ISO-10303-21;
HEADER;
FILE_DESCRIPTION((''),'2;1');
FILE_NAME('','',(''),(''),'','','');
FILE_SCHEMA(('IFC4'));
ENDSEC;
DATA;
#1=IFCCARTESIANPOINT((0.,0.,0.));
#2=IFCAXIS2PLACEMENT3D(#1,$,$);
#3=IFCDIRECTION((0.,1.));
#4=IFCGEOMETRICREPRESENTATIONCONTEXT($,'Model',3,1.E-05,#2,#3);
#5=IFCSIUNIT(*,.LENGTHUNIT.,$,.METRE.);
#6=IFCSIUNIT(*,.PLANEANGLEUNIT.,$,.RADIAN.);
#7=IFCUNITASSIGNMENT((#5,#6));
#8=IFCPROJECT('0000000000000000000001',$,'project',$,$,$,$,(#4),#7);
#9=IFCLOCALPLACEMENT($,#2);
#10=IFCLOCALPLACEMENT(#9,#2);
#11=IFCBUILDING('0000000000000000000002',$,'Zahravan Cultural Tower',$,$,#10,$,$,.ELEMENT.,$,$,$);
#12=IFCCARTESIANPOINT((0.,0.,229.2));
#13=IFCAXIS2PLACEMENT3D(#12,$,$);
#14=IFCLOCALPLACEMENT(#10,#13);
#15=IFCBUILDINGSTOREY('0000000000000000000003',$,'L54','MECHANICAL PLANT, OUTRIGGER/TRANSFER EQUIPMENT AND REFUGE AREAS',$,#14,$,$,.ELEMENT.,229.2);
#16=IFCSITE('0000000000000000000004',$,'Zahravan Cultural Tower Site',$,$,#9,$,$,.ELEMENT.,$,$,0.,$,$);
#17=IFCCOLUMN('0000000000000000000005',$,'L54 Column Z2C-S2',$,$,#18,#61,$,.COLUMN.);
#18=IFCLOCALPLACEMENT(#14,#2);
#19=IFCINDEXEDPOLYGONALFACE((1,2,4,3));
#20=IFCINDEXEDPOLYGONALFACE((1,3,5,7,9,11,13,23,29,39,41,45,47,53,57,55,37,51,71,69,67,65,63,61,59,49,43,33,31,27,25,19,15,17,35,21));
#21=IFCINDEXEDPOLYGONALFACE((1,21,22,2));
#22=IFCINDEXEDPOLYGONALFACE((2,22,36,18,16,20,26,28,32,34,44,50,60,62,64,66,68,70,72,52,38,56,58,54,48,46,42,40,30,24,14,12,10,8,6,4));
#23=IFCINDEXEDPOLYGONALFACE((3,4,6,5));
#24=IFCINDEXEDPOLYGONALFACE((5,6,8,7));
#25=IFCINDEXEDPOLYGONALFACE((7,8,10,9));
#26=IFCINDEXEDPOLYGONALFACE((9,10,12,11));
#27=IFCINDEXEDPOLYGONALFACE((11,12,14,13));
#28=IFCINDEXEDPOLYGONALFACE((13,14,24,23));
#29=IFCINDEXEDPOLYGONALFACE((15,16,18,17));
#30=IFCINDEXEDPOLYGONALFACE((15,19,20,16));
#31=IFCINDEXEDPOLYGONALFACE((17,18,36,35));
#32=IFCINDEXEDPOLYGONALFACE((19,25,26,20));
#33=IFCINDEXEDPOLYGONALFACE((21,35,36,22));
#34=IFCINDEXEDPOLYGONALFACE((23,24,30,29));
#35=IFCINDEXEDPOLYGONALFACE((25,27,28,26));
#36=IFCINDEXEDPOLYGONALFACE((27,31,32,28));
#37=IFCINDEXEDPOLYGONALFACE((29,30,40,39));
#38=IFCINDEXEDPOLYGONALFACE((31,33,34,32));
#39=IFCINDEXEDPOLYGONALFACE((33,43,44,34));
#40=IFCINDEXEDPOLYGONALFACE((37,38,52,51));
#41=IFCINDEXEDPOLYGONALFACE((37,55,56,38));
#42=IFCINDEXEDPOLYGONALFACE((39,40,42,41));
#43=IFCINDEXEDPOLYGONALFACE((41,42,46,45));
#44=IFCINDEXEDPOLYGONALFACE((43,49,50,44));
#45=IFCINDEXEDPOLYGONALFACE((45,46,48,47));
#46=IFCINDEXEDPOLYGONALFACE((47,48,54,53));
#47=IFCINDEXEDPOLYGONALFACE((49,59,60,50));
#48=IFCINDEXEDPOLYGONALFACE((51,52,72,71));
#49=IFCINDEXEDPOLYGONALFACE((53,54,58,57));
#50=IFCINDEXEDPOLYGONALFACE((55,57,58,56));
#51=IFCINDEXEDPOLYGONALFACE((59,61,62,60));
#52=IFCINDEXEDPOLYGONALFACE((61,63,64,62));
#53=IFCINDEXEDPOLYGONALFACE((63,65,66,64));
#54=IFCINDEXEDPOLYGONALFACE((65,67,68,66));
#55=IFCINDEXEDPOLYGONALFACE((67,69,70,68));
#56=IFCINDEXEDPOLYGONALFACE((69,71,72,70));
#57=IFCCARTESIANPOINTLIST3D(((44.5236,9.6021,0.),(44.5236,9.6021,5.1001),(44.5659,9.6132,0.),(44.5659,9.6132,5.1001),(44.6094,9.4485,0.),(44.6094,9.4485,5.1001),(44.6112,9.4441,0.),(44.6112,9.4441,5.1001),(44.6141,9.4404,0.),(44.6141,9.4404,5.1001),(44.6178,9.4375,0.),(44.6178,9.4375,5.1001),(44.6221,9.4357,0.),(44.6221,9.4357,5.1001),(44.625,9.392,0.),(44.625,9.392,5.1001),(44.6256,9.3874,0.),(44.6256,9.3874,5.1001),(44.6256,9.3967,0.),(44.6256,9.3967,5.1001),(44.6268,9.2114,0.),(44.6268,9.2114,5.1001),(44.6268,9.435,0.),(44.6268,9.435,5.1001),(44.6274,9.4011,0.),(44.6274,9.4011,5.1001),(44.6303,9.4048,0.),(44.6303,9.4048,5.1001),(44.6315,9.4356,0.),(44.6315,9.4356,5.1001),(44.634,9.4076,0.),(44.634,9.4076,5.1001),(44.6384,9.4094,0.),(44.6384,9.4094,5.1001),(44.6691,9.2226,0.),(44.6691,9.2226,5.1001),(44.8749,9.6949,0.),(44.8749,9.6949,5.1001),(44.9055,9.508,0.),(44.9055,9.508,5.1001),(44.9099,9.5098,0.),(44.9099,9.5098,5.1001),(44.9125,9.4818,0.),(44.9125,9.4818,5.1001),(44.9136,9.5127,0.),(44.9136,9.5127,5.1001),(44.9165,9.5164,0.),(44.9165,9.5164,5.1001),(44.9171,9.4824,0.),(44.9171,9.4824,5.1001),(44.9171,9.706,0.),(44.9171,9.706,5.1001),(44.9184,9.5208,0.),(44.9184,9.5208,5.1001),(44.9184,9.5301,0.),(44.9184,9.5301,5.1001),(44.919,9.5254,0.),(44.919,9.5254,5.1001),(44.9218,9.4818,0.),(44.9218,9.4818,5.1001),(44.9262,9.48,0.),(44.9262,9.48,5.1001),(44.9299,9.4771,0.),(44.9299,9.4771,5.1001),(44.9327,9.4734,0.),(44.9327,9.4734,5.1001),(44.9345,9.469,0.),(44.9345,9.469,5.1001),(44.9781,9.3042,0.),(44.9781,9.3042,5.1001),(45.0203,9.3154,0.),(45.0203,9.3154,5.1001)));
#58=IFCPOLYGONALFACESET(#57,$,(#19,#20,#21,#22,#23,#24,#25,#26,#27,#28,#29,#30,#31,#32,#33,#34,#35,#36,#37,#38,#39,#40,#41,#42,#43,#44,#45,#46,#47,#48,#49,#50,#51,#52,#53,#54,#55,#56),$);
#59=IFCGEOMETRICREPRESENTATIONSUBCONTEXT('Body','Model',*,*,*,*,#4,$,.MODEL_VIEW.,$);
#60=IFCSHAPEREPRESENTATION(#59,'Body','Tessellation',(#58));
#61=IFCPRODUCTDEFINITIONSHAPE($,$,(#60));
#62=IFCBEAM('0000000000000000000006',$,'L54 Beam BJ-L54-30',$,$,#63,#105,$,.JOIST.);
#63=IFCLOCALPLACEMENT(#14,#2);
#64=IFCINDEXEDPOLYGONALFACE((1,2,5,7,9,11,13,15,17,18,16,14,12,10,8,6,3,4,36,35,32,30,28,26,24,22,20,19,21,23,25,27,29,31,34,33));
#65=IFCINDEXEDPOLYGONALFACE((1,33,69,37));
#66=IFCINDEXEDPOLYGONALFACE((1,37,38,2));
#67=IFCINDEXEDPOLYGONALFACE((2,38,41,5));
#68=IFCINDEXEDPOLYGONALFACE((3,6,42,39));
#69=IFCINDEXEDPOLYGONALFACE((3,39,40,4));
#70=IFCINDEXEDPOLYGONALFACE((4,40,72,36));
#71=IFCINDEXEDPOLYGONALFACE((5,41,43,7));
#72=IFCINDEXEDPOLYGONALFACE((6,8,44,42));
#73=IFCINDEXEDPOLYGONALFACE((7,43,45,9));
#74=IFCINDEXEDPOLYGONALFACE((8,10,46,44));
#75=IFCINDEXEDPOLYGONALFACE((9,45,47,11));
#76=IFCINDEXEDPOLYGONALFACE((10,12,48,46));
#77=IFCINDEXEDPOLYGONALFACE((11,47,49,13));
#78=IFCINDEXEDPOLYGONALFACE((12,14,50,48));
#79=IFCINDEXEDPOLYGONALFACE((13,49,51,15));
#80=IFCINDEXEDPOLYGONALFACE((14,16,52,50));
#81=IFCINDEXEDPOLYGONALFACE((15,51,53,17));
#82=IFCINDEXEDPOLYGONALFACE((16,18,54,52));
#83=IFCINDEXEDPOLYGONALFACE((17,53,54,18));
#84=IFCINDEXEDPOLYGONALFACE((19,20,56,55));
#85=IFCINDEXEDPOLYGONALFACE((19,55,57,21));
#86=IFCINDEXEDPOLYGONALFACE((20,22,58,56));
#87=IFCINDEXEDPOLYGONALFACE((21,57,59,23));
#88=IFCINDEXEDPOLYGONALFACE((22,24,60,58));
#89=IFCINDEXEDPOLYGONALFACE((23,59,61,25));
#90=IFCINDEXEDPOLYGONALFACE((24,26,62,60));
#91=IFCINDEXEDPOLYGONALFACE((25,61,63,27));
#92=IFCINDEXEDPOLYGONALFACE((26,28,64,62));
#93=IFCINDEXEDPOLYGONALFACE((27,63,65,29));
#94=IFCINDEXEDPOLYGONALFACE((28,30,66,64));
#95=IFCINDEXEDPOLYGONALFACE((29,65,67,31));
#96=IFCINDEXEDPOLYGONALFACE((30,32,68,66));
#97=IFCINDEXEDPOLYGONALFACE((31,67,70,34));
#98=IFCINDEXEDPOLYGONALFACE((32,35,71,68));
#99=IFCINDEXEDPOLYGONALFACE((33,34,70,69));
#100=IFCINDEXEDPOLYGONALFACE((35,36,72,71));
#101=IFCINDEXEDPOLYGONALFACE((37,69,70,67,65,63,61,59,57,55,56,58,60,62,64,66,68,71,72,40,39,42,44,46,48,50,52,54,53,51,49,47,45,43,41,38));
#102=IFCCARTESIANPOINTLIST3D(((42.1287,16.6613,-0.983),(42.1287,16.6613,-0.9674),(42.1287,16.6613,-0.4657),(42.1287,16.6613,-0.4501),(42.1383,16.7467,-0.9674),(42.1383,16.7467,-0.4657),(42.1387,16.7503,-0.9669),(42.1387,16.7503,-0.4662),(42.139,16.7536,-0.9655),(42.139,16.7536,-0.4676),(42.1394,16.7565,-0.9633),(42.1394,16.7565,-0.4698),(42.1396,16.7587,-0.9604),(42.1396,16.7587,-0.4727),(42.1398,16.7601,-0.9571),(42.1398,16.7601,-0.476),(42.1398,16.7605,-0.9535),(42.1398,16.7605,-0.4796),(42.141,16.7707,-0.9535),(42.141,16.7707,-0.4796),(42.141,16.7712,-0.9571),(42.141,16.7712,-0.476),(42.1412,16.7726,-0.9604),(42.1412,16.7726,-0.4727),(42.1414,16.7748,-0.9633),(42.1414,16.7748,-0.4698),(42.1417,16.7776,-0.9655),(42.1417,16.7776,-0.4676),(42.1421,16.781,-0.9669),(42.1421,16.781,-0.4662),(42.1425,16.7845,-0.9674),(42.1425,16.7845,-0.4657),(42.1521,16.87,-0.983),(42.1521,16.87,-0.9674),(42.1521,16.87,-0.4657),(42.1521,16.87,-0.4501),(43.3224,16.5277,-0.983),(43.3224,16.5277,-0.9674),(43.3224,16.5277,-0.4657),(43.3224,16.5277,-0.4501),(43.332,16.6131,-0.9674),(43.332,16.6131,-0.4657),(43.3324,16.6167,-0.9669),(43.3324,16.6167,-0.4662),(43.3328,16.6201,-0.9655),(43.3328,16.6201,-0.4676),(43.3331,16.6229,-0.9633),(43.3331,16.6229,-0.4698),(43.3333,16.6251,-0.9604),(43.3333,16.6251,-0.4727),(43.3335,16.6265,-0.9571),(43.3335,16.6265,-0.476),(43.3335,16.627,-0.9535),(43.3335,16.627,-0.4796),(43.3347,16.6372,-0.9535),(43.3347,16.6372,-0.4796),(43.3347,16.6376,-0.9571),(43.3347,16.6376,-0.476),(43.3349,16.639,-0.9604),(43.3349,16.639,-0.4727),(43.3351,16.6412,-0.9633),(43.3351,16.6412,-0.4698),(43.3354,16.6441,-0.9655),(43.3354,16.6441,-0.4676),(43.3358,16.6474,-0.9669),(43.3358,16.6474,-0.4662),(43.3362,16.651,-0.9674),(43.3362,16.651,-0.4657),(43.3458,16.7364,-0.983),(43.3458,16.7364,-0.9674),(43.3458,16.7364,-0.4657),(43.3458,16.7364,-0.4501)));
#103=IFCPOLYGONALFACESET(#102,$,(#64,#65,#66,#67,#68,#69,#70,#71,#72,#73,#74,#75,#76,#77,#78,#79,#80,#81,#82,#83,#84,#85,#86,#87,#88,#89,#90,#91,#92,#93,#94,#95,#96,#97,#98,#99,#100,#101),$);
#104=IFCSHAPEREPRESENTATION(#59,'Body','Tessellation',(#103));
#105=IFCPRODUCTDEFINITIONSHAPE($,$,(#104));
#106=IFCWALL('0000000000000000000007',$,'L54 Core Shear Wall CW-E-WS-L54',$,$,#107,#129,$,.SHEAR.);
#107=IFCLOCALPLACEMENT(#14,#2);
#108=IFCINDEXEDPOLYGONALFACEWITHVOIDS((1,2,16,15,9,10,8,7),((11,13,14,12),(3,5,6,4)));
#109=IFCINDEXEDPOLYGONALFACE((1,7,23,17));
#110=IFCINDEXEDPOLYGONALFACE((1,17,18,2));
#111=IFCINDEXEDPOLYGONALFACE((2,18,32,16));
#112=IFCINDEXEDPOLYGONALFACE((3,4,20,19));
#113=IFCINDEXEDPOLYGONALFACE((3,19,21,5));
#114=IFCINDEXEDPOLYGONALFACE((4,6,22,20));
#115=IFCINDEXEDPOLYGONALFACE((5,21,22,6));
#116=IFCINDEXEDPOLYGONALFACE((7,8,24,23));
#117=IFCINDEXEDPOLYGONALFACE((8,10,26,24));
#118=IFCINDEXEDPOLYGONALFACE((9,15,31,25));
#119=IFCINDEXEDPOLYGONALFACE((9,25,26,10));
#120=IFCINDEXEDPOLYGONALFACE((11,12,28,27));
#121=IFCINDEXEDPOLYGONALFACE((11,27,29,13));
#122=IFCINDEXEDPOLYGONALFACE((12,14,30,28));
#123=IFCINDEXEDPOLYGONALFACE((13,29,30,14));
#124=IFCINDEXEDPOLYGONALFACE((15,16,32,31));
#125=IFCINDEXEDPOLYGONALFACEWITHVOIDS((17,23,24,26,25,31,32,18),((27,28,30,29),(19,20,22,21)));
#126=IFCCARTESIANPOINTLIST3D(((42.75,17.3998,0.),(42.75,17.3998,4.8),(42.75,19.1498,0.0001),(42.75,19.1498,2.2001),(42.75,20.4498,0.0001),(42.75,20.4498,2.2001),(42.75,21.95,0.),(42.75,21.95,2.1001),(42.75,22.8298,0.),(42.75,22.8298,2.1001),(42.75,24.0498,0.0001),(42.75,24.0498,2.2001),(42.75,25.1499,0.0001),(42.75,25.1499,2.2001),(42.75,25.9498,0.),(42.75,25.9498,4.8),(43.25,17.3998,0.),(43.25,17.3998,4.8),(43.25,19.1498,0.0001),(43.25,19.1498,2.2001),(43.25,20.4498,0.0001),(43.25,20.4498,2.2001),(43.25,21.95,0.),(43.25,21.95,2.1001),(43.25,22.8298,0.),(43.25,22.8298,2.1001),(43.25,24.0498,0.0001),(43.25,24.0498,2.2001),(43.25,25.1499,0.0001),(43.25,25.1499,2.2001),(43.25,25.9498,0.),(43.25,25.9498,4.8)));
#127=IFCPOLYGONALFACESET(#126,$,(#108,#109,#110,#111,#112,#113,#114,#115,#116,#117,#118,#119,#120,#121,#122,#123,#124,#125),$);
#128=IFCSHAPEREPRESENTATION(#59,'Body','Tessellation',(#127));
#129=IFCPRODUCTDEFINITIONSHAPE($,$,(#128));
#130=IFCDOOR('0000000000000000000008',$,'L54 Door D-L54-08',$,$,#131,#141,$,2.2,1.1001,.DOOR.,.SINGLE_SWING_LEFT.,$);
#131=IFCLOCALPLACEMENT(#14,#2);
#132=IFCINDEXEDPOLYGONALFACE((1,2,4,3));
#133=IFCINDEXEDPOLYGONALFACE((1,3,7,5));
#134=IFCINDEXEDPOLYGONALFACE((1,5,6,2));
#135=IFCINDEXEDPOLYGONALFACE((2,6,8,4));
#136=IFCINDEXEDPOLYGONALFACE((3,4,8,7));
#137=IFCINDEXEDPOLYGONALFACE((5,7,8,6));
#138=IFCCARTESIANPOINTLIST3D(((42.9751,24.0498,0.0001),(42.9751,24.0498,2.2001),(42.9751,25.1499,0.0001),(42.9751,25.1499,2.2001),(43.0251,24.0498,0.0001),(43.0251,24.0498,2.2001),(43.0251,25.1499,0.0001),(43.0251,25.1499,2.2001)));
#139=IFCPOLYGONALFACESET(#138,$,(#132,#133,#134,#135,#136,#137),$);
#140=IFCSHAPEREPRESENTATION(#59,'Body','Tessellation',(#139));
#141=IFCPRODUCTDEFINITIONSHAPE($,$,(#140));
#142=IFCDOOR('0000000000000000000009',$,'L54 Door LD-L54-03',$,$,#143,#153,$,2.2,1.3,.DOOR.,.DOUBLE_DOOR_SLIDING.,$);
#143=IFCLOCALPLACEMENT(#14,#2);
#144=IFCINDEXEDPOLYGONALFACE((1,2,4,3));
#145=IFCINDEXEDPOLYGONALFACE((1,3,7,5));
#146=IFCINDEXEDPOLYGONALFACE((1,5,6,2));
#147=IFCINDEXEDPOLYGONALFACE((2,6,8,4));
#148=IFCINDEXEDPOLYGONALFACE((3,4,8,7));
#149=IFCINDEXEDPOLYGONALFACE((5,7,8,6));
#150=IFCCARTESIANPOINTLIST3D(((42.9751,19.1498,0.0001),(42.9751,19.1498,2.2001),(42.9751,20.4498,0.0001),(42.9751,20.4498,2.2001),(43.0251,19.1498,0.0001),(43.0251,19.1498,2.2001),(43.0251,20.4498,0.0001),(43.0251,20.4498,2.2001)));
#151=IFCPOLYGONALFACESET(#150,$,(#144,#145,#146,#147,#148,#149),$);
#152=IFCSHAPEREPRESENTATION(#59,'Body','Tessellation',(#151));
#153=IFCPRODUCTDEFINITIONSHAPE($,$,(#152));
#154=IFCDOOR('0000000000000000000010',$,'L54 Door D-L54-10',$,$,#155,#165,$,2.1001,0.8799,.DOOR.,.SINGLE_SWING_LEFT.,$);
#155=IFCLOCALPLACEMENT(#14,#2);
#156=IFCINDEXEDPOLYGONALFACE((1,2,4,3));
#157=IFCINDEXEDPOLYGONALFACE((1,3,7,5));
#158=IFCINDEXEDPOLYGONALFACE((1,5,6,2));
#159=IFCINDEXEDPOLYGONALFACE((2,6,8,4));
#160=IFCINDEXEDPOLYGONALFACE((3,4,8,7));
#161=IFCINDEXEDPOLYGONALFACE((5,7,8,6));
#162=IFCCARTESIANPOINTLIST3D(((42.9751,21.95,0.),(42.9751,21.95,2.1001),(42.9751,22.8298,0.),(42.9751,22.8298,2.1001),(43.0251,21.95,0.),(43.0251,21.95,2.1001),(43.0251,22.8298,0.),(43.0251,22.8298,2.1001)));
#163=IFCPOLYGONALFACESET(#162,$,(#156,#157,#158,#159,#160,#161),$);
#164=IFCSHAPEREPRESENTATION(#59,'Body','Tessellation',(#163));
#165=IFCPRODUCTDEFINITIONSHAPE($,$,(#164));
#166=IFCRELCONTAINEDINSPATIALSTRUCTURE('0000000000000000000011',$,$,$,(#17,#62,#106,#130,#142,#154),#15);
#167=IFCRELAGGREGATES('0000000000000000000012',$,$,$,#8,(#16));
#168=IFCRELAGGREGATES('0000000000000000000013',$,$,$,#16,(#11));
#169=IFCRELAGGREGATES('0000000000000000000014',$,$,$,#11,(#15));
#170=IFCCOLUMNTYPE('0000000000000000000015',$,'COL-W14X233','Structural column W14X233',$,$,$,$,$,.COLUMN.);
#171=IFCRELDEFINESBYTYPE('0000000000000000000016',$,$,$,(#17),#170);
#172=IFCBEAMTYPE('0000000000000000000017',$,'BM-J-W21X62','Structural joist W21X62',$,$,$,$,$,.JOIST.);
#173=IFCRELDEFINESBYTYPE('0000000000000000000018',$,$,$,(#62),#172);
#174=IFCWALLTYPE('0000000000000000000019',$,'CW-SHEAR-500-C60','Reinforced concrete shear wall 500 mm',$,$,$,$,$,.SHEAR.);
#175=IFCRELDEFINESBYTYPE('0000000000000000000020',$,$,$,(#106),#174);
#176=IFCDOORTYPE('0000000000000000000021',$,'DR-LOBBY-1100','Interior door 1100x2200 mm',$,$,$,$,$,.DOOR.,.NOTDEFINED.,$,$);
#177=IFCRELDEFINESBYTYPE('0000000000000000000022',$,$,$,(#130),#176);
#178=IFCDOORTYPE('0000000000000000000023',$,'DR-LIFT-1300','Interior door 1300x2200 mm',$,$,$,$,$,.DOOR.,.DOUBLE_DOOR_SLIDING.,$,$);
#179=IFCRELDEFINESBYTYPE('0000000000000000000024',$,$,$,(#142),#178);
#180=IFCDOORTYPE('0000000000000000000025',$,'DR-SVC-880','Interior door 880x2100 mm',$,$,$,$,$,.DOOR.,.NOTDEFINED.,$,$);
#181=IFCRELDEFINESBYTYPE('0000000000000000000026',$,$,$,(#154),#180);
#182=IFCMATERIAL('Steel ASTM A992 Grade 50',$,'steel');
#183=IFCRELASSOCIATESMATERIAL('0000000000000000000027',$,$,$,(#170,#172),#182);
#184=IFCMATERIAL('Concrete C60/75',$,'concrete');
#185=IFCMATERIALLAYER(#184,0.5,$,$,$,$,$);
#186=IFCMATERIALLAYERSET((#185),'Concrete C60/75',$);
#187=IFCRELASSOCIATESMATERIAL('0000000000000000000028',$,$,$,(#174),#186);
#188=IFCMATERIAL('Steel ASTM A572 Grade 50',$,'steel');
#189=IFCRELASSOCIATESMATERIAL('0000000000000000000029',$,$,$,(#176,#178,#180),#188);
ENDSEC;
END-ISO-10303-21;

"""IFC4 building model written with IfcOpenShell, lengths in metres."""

from ifc_helpers import new_model, si_unit, direction, frame, frame_2d, origin, origin_2d, place, context, subcontext, project, spatial, rectangle, i_section, extrude, source, transform, mapped, material, layer, layer_set, material_profile, profile_set, type_object, element, fill, save


model = new_model("IFC4")

# Units and contexts
model_context = context("Model", 3, precision=1e-05, world=origin(), true_north=direction((0.0, 1.0)))
body_context = subcontext(model_context, "Body", "Model", "MODEL_VIEW")
ifc_project = project(units=[si_unit("LENGTHUNIT", "METRE"), si_unit("PLANEANGLEUNIT", "RADIAN")], contexts=[model_context])

# Site, building, storey
site_placement = place(None, origin())
site = spatial("IfcSite", under=ifc_project, at=site_placement, Name="Zahravan Cultural Tower Site", CompositionType="ELEMENT", RefElevation=0.0)
building_placement = place(site_placement, origin())
building = spatial("IfcBuilding", under=site, at=building_placement, Name="Zahravan Cultural Tower", CompositionType="ELEMENT")
storey_placement = place(building_placement, frame((0.0, 0.0, 229.2)))
storey = spatial("IfcBuildingStorey", under=building, at=storey_placement, Name="L54", Description="MECHANICAL PLANT, OUTRIGGER/TRANSFER EQUIPMENT AND REFUGE AREAS", CompositionType="ELEMENT", Elevation=229.2)

# Column
ifc_material_1 = material(Name="Steel ASTM A992 Grade 50", Category="steel")
ifc_material_profile_1 = material_profile(ifc_material_1, i_section(OverallWidth=0.4041, OverallDepth=0.407, WebThickness=0.0271, FlangeThickness=0.0437, FilletRadius=0.0181, at=origin_2d()), Name="W14X233")
ifc_profile_set_1 = profile_set([ifc_material_profile_1], Name="Steel ASTM A992 Grade 50")
column_type = type_object("IfcColumnType", Name="COL-W14X233", Description="Structural column W14X233", PredefinedType="COLUMN", material=ifc_profile_set_1)
shared_shape_1 = source(origin(), body_context, "Body", "SweptSolid", [
    extrude(i_section(OverallWidth=0.4041, OverallDepth=0.407, WebThickness=0.0271, FlangeThickness=0.0437, FilletRadius=0.0181, at=origin_2d()), origin(), (0.0, 0.0, 1.0), 5.1001),
])
column_placement = place(storey_placement, frame((44.772, 9.4587, 0.0), z_axis=(0.0, 0.0, 1.0), x_axis=(-0.255446, 0.966823, 0.0)))
element("IfcColumn", 1, at=column_placement, inside=storey, type_object=column_type, Name="L54 Column Z2C-S2", PredefinedType="COLUMN", context=body_context, shape_type="MappedRepresentation", body=[
    mapped(shared_shape_1, transform((0.0, 0.0, 0.0), x_axis=(1.0, 0.0, 0.0), y_axis=(0.0, 1.0, 0.0), z_axis=(0.0, 0.0, 1.0), scale=1.0)),
])

# Beam
ifc_material_profile_2 = material_profile(ifc_material_1, i_section(OverallWidth=0.21, OverallDepth=0.533, WebThickness=0.0103, FlangeThickness=0.0156, FilletRadius=0.0139, at=origin_2d()), Name="W21X62")
ifc_profile_set_2 = profile_set([ifc_material_profile_2], Name="Steel ASTM A992 Grade 50")
beam_type = type_object("IfcBeamType", Name="BM-J-W21X62", Description="Structural joist W21X62", PredefinedType="JOIST", material=ifc_profile_set_2)
shared_shape_2 = source(origin(), body_context, "Body", "SweptSolid", [
    extrude(i_section(OverallWidth=0.21, OverallDepth=0.533, WebThickness=0.0103, FlangeThickness=0.0156, FilletRadius=0.0139, at=origin_2d()), origin(), (0.0, 0.0, 1.0), 1.2012),
])
beam_placement = place(storey_placement, frame((42.1404, 16.7656, -0.7166), z_axis=(0.993799, -0.11119, 0.0), x_axis=(0.11119, 0.993799, 0.0)))
element("IfcBeam", 2, at=beam_placement, inside=storey, type_object=beam_type, Name="L54 Beam BJ-L54-30", PredefinedType="JOIST", context=body_context, shape_type="MappedRepresentation", body=[
    mapped(shared_shape_2, transform((0.0, 0.0, 0.0), x_axis=(1.0, 0.0, 0.0), y_axis=(0.0, 1.0, 0.0), z_axis=(0.0, 0.0, 1.0), scale=1.0)),
])

# Wall, openings, doors
ifc_material_2 = material(Name="Concrete C60/75", Category="concrete")
ifc_layer_1 = layer(ifc_material_2, 0.5)
ifc_layer_set_1 = layer_set([ifc_layer_1], Name="Concrete C60/75")
wall_type_1 = type_object("IfcWallType", Name="CW-SHEAR-500-C60", Description="Reinforced concrete shear wall 500 mm", PredefinedType="SHEAR", material=ifc_layer_set_1)
wall_1_placement = place(storey_placement, frame((43.0, 17.3999, 0.0), z_axis=(0.0, 0.0, 1.0), x_axis=(0.0, 1.0, 0.0)))
wall_1 = element("IfcWall", 3, at=wall_1_placement, inside=storey, type_object=wall_type_1, Name="L54 Core Shear Wall CW-E-WS-L54", PredefinedType="SHEAR", context=body_context, shape_type="SweptSolid", body=[
    extrude(rectangle(XDim=8.55, YDim=0.5, at=frame_2d((4.2749, 0.0))), origin(), (0.0, 0.0, 1.0), 4.8),
])
opening_1_placement = place(wall_1_placement, frame((6.6499, 0.0, 0.0)))
opening_1 = element("IfcOpeningElement", 4, at=opening_1_placement, cuts=wall_1, PredefinedType="OPENING", context=body_context, shape_type="SweptSolid", body=[
    extrude(rectangle(XDim=1.1001, YDim=2.2, at=frame_2d((0.55, 1.1001))), frame((0.0, 0.26, 0.0), z_axis=(0.0, -1.0, 0.0), x_axis=(1.0, 0.0, 0.0)), (0.0, 0.0, 1.0), 0.52),
])
opening_2_placement = place(wall_1_placement, frame((1.75, 0.0, 0.0)))
opening_2 = element("IfcOpeningElement", 5, at=opening_2_placement, cuts=wall_1, PredefinedType="OPENING", context=body_context, shape_type="SweptSolid", body=[
    extrude(rectangle(XDim=1.3, YDim=2.2, at=frame_2d((0.6499, 1.1001))), frame((0.0, 0.26, 0.0), z_axis=(0.0, -1.0, 0.0), x_axis=(1.0, 0.0, 0.0)), (0.0, 0.0, 1.0), 0.52),
])
opening_3_placement = place(wall_1_placement, frame((4.55, 0.0, 0.0)))
opening_3 = element("IfcOpeningElement", 6, at=opening_3_placement, cuts=wall_1, PredefinedType="OPENING", context=body_context, shape_type="SweptSolid", body=[
    extrude(rectangle(XDim=0.8799, YDim=2.1001, at=frame_2d((0.4399, 1.05))), frame((0.0, 0.26, 0.0), z_axis=(0.0, -1.0, 0.0), x_axis=(1.0, 0.0, 0.0)), (0.0, 0.0, 1.0), 0.52),
])
ifc_material_3 = material(Name="Steel ASTM A572 Grade 50", Category="steel")
door_type_1 = type_object("IfcDoorType", Name="DR-LOBBY-1100", Description="Interior door 1100x2200 mm", OperationType="NOTDEFINED", PredefinedType="DOOR", material=ifc_material_3)
shared_shape_3 = source(origin(), body_context, "Body", "SweptSolid", [
    extrude(rectangle(XDim=1.1001, YDim=2.2, at=frame_2d((0.55, 1.1001))), frame((0.0, 0.0249, 0.0), z_axis=(0.0, -1.0, 0.0), x_axis=(1.0, 0.0, 0.0)), (0.0, 0.0, 1.0), 0.05),
])
door_1_placement = place(opening_1_placement, origin())
door_1 = element("IfcDoor", 7, at=door_1_placement, inside=storey, type_object=door_type_1, Name="L54 Door D-L54-08", OperationType="SINGLE_SWING_LEFT", OverallHeight=2.2, OverallWidth=1.1001, PredefinedType="DOOR", context=body_context, shape_type="MappedRepresentation", body=[
    mapped(shared_shape_3, transform((0.0, 0.0, 0.0), x_axis=(1.0, 0.0, 0.0), y_axis=(0.0, 1.0, 0.0), z_axis=(0.0, 0.0, 1.0), scale=1.0)),
])
fill(opening_1, door_1)
door_type_2 = type_object("IfcDoorType", Name="DR-LIFT-1300", Description="Interior door 1300x2200 mm", OperationType="DOUBLE_DOOR_SLIDING", PredefinedType="DOOR", material=ifc_material_3)
shared_shape_4 = source(origin(), body_context, "Body", "SweptSolid", [
    extrude(rectangle(XDim=1.3, YDim=2.2, at=frame_2d((0.6499, 1.1001))), frame((0.0, 0.0249, 0.0), z_axis=(0.0, -1.0, 0.0), x_axis=(1.0, 0.0, 0.0)), (0.0, 0.0, 1.0), 0.05),
])
door_2_placement = place(opening_2_placement, origin())
door_2 = element("IfcDoor", 8, at=door_2_placement, inside=storey, type_object=door_type_2, Name="L54 Door LD-L54-03", OperationType="DOUBLE_DOOR_SLIDING", OverallHeight=2.2, OverallWidth=1.3, PredefinedType="DOOR", context=body_context, shape_type="MappedRepresentation", body=[
    mapped(shared_shape_4, transform((0.0, 0.0, 0.0), x_axis=(1.0, 0.0, 0.0), y_axis=(0.0, 1.0, 0.0), z_axis=(0.0, 0.0, 1.0), scale=1.0)),
])
fill(opening_2, door_2)
door_type_3 = type_object("IfcDoorType", Name="DR-SVC-880", Description="Interior door 880x2100 mm", OperationType="NOTDEFINED", PredefinedType="DOOR", material=ifc_material_3)
shared_shape_5 = source(origin(), body_context, "Body", "SweptSolid", [
    extrude(rectangle(XDim=0.8799, YDim=2.1001, at=frame_2d((0.4399, 1.05))), frame((0.0, 0.0249, 0.0), z_axis=(0.0, -1.0, 0.0), x_axis=(1.0, 0.0, 0.0)), (0.0, 0.0, 1.0), 0.05),
])
door_3_placement = place(opening_3_placement, origin())
door_3 = element("IfcDoor", 9, at=door_3_placement, inside=storey, type_object=door_type_3, Name="L54 Door D-L54-10", OperationType="SINGLE_SWING_LEFT", OverallHeight=2.1001, OverallWidth=0.8799, PredefinedType="DOOR", context=body_context, shape_type="MappedRepresentation", body=[
    mapped(shared_shape_5, transform((0.0, 0.0, 0.0), x_axis=(1.0, 0.0, 0.0), y_axis=(0.0, 1.0, 0.0), z_axis=(0.0, 0.0, 1.0), scale=1.0)),
])
fill(opening_3, door_3)

save(model, "model.ifc")
